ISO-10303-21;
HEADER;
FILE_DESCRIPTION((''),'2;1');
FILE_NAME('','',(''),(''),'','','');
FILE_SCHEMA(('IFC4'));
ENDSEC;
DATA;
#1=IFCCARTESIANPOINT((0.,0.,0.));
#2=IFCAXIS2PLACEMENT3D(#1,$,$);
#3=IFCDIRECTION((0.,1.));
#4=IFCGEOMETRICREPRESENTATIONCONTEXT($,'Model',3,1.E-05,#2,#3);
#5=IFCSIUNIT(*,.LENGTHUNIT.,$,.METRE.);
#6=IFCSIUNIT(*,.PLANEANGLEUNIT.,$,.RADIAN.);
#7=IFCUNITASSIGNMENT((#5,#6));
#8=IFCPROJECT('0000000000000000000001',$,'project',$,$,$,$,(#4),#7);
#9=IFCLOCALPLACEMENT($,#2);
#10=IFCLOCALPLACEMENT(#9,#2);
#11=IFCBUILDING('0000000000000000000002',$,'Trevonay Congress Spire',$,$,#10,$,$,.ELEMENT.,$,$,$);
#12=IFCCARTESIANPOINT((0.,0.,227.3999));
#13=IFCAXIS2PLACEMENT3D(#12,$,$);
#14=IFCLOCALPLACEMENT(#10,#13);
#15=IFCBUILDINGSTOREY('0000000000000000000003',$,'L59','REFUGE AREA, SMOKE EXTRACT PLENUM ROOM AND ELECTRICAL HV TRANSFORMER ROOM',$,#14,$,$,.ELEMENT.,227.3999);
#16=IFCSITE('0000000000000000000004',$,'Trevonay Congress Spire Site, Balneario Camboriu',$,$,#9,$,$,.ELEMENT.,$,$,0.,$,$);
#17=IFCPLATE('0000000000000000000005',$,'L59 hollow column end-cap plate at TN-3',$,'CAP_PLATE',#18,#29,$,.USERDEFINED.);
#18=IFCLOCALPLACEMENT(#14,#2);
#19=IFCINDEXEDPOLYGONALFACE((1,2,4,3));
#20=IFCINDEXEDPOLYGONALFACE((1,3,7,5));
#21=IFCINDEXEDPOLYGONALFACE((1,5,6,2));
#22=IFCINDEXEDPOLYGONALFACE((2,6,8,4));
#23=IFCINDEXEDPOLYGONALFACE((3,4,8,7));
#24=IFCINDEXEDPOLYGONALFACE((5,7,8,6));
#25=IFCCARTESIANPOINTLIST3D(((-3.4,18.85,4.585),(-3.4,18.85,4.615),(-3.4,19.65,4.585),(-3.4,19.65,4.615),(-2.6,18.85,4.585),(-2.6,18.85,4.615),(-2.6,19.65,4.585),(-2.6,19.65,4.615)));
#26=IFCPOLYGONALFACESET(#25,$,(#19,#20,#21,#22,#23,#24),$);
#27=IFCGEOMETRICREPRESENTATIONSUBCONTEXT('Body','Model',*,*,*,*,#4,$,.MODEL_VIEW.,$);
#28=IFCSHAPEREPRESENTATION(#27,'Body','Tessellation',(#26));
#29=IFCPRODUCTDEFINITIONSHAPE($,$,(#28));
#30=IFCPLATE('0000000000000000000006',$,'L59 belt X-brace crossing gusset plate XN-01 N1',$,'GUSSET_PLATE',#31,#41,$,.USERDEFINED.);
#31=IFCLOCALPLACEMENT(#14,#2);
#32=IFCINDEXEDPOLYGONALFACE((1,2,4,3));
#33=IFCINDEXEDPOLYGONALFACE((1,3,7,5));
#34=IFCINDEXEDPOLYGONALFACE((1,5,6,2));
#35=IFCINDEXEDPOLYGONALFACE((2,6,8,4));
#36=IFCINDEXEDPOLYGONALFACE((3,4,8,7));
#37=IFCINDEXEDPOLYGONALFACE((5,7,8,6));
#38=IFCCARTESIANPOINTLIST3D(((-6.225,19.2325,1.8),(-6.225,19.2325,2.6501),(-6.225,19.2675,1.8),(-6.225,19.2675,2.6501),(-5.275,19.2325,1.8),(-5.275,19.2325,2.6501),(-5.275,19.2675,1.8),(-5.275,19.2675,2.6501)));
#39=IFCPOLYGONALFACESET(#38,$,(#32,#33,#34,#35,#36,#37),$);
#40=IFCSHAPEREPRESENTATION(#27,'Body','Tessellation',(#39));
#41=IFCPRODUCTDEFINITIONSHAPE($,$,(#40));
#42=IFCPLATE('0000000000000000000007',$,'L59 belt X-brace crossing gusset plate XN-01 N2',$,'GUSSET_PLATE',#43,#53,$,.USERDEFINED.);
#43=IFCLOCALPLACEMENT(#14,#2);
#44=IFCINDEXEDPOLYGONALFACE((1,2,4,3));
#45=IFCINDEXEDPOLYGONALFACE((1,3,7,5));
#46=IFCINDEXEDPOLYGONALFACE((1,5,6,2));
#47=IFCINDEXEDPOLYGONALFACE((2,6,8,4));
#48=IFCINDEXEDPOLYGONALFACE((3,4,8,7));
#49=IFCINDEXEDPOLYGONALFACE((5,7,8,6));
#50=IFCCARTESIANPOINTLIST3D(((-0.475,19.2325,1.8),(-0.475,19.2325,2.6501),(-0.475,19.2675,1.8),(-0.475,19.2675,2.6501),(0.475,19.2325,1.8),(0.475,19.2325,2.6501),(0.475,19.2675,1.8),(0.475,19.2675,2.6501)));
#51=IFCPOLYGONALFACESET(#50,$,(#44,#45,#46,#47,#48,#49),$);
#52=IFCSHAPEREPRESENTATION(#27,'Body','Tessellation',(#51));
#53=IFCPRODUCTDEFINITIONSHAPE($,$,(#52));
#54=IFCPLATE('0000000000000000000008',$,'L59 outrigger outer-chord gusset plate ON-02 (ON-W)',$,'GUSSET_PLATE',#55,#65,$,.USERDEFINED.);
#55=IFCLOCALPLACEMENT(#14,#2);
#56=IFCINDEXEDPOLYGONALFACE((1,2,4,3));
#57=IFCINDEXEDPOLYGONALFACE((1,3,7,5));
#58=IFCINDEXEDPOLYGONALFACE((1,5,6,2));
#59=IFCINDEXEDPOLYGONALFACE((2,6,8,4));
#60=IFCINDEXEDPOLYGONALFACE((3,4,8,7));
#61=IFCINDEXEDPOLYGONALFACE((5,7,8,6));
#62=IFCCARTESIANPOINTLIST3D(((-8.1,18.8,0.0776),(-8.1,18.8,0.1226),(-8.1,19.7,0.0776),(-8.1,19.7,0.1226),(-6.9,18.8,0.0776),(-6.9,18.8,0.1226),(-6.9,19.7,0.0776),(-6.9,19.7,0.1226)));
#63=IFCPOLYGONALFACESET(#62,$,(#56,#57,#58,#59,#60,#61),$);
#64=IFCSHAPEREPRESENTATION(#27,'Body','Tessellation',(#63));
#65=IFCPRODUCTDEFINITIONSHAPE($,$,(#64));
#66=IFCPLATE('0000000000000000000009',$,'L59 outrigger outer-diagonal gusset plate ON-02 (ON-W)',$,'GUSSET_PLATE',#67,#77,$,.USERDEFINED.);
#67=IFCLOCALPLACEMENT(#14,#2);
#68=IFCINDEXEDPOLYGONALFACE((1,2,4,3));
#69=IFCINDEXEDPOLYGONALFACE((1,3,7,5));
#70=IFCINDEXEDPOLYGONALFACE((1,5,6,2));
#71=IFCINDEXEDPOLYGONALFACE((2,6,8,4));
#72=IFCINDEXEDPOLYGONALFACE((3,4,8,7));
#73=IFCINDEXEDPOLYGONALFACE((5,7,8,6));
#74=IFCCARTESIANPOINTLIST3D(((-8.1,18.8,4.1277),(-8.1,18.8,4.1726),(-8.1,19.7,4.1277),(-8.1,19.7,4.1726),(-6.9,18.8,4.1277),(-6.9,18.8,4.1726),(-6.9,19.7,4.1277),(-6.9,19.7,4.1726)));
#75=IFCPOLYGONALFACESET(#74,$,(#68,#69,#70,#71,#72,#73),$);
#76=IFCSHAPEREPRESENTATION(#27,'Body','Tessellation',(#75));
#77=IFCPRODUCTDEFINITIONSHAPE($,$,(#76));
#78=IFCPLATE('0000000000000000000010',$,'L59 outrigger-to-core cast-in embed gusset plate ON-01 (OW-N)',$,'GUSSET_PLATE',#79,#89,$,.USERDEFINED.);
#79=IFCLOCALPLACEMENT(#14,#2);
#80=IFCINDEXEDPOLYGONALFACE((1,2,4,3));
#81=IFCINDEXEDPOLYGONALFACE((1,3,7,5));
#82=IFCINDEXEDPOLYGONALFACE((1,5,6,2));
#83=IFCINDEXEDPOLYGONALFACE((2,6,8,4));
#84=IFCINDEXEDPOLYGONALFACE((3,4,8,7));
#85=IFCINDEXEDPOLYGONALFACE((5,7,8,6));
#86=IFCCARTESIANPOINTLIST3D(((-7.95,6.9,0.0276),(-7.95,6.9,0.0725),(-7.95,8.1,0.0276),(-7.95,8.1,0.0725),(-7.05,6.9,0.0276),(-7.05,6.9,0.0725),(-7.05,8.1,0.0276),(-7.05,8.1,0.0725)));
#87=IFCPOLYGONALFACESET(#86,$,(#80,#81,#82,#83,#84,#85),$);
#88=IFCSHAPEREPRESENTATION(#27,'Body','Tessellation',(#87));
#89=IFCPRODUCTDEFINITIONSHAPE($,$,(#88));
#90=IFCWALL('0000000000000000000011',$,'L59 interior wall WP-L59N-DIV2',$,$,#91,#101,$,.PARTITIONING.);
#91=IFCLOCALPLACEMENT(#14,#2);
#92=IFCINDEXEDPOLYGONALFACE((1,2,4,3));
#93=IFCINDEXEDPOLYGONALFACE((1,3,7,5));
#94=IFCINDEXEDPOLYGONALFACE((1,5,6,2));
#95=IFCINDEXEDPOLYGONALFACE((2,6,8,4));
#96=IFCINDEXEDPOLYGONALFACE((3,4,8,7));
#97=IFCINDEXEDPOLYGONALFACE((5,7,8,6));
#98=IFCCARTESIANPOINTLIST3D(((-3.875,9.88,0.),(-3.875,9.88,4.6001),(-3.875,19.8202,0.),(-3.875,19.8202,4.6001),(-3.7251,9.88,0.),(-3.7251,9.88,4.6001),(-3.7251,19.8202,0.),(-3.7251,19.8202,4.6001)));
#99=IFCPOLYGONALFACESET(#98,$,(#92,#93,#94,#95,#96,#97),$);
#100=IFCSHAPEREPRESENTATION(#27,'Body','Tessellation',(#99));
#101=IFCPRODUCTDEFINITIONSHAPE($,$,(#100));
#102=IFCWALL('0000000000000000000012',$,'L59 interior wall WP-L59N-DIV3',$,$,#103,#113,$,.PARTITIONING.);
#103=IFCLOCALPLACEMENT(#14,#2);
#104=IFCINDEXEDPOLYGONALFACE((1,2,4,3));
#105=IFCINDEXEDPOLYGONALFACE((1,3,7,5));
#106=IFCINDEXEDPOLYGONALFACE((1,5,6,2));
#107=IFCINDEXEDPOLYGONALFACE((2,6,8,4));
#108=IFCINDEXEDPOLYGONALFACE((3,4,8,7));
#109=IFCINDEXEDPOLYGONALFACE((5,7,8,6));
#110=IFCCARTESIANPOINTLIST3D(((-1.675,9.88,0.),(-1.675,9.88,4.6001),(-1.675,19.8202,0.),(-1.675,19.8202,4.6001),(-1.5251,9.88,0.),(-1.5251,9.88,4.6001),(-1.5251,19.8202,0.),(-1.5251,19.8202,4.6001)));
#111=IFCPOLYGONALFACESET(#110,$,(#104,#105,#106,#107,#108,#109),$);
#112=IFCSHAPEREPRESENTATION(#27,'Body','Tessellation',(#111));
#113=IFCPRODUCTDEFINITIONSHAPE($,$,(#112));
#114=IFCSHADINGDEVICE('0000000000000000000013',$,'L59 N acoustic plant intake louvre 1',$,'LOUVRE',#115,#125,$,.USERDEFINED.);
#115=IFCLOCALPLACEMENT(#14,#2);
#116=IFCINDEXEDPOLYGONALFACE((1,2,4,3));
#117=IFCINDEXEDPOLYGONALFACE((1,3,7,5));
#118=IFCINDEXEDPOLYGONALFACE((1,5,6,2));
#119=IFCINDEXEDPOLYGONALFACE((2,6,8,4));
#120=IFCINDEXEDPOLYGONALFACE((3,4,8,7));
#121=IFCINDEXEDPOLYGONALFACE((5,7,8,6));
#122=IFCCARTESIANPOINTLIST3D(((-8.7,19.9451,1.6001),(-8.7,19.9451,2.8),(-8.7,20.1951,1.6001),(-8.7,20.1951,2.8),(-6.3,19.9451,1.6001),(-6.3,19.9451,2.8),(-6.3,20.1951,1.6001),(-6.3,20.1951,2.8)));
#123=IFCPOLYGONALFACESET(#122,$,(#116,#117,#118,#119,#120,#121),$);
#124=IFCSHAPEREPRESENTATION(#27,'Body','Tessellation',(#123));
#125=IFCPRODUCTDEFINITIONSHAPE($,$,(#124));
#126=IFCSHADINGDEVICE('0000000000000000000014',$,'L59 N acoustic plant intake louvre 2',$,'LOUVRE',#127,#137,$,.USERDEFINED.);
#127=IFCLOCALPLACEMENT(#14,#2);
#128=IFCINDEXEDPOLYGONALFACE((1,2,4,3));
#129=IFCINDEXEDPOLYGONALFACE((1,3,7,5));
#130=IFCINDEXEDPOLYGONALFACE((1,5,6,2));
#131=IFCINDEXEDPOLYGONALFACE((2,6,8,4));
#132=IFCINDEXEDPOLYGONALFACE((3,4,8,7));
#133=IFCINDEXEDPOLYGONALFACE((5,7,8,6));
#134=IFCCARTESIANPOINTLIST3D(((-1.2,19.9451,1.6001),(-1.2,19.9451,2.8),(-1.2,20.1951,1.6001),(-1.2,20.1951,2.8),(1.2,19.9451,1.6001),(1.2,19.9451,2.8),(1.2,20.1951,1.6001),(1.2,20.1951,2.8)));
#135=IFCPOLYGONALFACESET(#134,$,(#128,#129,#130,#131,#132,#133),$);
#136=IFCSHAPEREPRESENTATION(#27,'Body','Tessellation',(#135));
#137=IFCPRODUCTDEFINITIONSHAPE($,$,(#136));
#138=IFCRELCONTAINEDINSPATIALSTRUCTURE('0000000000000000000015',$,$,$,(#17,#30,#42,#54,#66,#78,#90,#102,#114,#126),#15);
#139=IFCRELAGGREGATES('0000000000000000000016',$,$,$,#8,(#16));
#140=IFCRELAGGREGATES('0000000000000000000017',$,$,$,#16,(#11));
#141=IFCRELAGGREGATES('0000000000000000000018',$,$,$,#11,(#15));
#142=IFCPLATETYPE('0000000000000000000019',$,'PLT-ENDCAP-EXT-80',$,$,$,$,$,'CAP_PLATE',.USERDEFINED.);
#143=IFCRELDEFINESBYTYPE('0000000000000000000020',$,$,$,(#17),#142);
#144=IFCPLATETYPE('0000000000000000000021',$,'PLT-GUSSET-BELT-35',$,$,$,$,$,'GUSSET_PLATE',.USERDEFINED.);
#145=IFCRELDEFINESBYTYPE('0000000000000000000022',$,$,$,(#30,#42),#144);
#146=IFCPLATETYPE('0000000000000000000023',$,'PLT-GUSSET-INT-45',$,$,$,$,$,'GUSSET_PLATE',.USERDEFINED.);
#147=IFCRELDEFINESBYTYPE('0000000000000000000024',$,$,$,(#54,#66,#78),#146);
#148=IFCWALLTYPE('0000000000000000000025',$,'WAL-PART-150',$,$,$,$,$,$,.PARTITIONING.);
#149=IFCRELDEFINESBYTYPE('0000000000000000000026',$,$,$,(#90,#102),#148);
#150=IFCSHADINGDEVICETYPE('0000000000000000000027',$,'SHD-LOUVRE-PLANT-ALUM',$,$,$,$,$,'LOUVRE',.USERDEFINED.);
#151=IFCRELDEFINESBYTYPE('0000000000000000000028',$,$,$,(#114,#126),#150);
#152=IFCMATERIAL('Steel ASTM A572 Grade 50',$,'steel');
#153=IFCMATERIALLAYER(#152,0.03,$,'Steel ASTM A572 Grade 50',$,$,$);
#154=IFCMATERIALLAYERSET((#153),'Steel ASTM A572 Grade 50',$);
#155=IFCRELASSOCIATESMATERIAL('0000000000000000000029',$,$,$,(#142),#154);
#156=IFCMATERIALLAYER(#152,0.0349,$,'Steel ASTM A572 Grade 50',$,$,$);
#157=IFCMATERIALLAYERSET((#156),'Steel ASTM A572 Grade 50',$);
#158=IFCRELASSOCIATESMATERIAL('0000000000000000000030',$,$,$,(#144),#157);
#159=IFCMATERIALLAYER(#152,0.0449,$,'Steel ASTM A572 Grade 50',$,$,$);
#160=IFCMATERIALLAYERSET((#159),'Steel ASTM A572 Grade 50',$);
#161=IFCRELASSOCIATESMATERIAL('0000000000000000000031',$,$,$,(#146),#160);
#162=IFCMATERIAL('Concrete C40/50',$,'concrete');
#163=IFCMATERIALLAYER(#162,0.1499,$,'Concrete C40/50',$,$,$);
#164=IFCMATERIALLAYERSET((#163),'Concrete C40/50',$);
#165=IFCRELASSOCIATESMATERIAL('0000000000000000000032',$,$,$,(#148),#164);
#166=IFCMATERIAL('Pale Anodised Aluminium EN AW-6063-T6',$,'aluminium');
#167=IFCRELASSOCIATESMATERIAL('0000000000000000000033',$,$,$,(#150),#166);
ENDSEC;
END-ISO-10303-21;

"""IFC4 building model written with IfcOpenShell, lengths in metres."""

from ifc_helpers import new_model, si_unit, direction, frame, frame_2d, origin, origin_2d, place, context, subcontext, project, spatial, rectangle, extrude, material, layer, layer_set, type_object, element, save


model = new_model("IFC4")

# Units and contexts
model_context = context("Model", 3, precision=1e-05, world=origin(), true_north=direction((0.0, 1.0)))
body_context = subcontext(model_context, "Body", "Model", "MODEL_VIEW")
ifc_project = project(units=[si_unit("LENGTHUNIT", "METRE"), si_unit("PLANEANGLEUNIT", "RADIAN")], contexts=[model_context])

# Site, building, storey
site_placement = place(None, origin())
site = spatial("IfcSite", under=ifc_project, at=site_placement, Name="Trevonay Congress Spire Site, Balneario Camboriu", CompositionType="ELEMENT", RefElevation=0.0)
building_placement = place(site_placement, origin())
building = spatial("IfcBuilding", under=site, at=building_placement, Name="Trevonay Congress Spire", CompositionType="ELEMENT")
storey_placement = place(building_placement, frame((0.0, 0.0, 227.3999)))
storey = spatial("IfcBuildingStorey", under=building, at=storey_placement, Name="L59", Description="REFUGE AREA, SMOKE EXTRACT PLENUM ROOM AND ELECTRICAL HV TRANSFORMER ROOM", CompositionType="ELEMENT", Elevation=227.3999)

# Shared definitions
ifc_material_1 = material(Name="Steel ASTM A572 Grade 50", Category="steel")

# Plates
ifc_layer_1 = layer(ifc_material_1, 0.03, Name="Steel ASTM A572 Grade 50")
ifc_layer_set_1 = layer_set([ifc_layer_1], Name="Steel ASTM A572 Grade 50")
plate_type_1 = type_object("IfcPlateType", Name="PLT-ENDCAP-EXT-80", ElementType="CAP_PLATE", PredefinedType="USERDEFINED", material=ifc_layer_set_1)
plate_placement = place(storey_placement, frame((-3.0, 19.25, 4.585), z_axis=(0.0, 0.0, 1.0), x_axis=(1.0, 0.0, 0.0)))
element("IfcPlate", 1, at=plate_placement, inside=storey, type_object=plate_type_1, Name="L59 hollow column end-cap plate at TN-3", ObjectType="CAP_PLATE", PredefinedType="USERDEFINED", context=body_context, shape_type="SweptSolid", body=[
    extrude(rectangle(XDim=0.8, YDim=0.8, at=origin_2d()), origin(), (0.0, 0.0, 1.0), 0.03),
])
ifc_layer_2 = layer(ifc_material_1, 0.0349, Name="Steel ASTM A572 Grade 50")
ifc_layer_set_2 = layer_set([ifc_layer_2], Name="Steel ASTM A572 Grade 50")
plate_type_2 = type_object("IfcPlateType", Name="PLT-GUSSET-BELT-35", ElementType="GUSSET_PLATE", PredefinedType="USERDEFINED", material=ifc_layer_set_2)
for number, where, z_axis, x_axis, name in (
    (2, (-5.75, 19.25, 1.8), (0.0, 0.0, 1.0), (1.0, 0.0, 0.0), "L59 belt X-brace crossing gusset plate XN-01 N1"),
    (3, (0.0, 19.25, 1.8), (0.0, 0.0, 1.0), (1.0, 0.0, 0.0), "L59 belt X-brace crossing gusset plate XN-01 N2"),
):
    element("IfcPlate", number, at=place(storey_placement, frame(where, z_axis=z_axis, x_axis=x_axis)), inside=storey, type_object=plate_type_2, Name=name, ObjectType="GUSSET_PLATE", PredefinedType="USERDEFINED", context=body_context, shape_type="SweptSolid", body=[
        extrude(rectangle(XDim=0.95, YDim=0.0349, at=origin_2d()), origin(), (0.0, 0.0, 1.0), 0.8501),
    ])
ifc_layer_3 = layer(ifc_material_1, 0.0449, Name="Steel ASTM A572 Grade 50")
ifc_layer_set_3 = layer_set([ifc_layer_3], Name="Steel ASTM A572 Grade 50")
plate_type_3 = type_object("IfcPlateType", Name="PLT-GUSSET-INT-45", ElementType="GUSSET_PLATE", PredefinedType="USERDEFINED", material=ifc_layer_set_3)
for number, where, z_axis, x_axis, name in (
    (4, (-7.5, 19.25, 0.0776), (0.0, 0.0, 1.0), (1.0, 0.0, 0.0), "L59 outrigger outer-chord gusset plate ON-02 (ON-W)"),
    (5, (-7.5, 19.25, 4.1277), (0.0, 0.0, 1.0), (1.0, 0.0, 0.0), "L59 outrigger outer-diagonal gusset plate ON-02 (ON-W)"),
    (6, (-7.5, 7.5, 0.0276), (0.0, 0.0, 1.0), (0.0, 1.0, 0.0), "L59 outrigger-to-core cast-in embed gusset plate ON-01 (OW-N)"),
):
    element("IfcPlate", number, at=place(storey_placement, frame(where, z_axis=z_axis, x_axis=x_axis)), inside=storey, type_object=plate_type_3, Name=name, ObjectType="GUSSET_PLATE", PredefinedType="USERDEFINED", context=body_context, shape_type="SweptSolid", body=[
        extrude(rectangle(XDim=1.2, YDim=0.8999, at=origin_2d()), origin(), (0.0, 0.0, 1.0), 0.0449),
    ])

# Walls
ifc_material_2 = material(Name="Concrete C40/50", Category="concrete")
ifc_layer_4 = layer(ifc_material_2, 0.1499, Name="Concrete C40/50")
ifc_layer_set_4 = layer_set([ifc_layer_4], Name="Concrete C40/50")
wall_type = type_object("IfcWallType", Name="WAL-PART-150", PredefinedType="PARTITIONING", material=ifc_layer_set_4)
for number, where, z_axis, x_axis, name in (
    (7, (-3.8, 9.8799, 0.0), (0.0, 0.0, 1.0), (0.0, 1.0, 0.0), "L59 interior wall WP-L59N-DIV2"),
    (8, (-1.6001, 9.8799, 0.0), (0.0, 0.0, 1.0), (0.0, 1.0, 0.0), "L59 interior wall WP-L59N-DIV3"),
):
    element("IfcWall", number, at=place(storey_placement, frame(where, z_axis=z_axis, x_axis=x_axis)), inside=storey, type_object=wall_type, Name=name, PredefinedType="PARTITIONING", context=body_context, shape_type="SweptSolid", body=[
        extrude(rectangle(XDim=9.9402, YDim=0.1499, at=frame_2d((4.9702, 0.0))), origin(), (0.0, 0.0, 1.0), 4.6001),
    ])

# Shading devices
ifc_material_3 = material(Name="Pale Anodised Aluminium EN AW-6063-T6", Category="aluminium")
shading_device_type = type_object("IfcShadingDeviceType", Name="SHD-LOUVRE-PLANT-ALUM", ElementType="LOUVRE", PredefinedType="USERDEFINED", material=ifc_material_3)
for number, where, z_axis, x_axis, name in (
    (9, (-7.5, 20.0701, 1.6001), (0.0, 0.0, 1.0), (1.0, 0.0, 0.0), "L59 N acoustic plant intake louvre 1"),
    (10, (0.0, 20.0701, 1.6001), (0.0, 0.0, 1.0), (1.0, 0.0, 0.0), "L59 N acoustic plant intake louvre 2"),
):
    element("IfcShadingDevice", number, at=place(storey_placement, frame(where, z_axis=z_axis, x_axis=x_axis)), inside=storey, type_object=shading_device_type, Name=name, ObjectType="LOUVRE", PredefinedType="USERDEFINED", context=body_context, shape_type="SweptSolid", body=[
        extrude(rectangle(XDim=2.3999, YDim=0.25, at=origin_2d()), origin(), (0.0, 0.0, 1.0), 1.2),
    ])

save(model, "model.ifc")
